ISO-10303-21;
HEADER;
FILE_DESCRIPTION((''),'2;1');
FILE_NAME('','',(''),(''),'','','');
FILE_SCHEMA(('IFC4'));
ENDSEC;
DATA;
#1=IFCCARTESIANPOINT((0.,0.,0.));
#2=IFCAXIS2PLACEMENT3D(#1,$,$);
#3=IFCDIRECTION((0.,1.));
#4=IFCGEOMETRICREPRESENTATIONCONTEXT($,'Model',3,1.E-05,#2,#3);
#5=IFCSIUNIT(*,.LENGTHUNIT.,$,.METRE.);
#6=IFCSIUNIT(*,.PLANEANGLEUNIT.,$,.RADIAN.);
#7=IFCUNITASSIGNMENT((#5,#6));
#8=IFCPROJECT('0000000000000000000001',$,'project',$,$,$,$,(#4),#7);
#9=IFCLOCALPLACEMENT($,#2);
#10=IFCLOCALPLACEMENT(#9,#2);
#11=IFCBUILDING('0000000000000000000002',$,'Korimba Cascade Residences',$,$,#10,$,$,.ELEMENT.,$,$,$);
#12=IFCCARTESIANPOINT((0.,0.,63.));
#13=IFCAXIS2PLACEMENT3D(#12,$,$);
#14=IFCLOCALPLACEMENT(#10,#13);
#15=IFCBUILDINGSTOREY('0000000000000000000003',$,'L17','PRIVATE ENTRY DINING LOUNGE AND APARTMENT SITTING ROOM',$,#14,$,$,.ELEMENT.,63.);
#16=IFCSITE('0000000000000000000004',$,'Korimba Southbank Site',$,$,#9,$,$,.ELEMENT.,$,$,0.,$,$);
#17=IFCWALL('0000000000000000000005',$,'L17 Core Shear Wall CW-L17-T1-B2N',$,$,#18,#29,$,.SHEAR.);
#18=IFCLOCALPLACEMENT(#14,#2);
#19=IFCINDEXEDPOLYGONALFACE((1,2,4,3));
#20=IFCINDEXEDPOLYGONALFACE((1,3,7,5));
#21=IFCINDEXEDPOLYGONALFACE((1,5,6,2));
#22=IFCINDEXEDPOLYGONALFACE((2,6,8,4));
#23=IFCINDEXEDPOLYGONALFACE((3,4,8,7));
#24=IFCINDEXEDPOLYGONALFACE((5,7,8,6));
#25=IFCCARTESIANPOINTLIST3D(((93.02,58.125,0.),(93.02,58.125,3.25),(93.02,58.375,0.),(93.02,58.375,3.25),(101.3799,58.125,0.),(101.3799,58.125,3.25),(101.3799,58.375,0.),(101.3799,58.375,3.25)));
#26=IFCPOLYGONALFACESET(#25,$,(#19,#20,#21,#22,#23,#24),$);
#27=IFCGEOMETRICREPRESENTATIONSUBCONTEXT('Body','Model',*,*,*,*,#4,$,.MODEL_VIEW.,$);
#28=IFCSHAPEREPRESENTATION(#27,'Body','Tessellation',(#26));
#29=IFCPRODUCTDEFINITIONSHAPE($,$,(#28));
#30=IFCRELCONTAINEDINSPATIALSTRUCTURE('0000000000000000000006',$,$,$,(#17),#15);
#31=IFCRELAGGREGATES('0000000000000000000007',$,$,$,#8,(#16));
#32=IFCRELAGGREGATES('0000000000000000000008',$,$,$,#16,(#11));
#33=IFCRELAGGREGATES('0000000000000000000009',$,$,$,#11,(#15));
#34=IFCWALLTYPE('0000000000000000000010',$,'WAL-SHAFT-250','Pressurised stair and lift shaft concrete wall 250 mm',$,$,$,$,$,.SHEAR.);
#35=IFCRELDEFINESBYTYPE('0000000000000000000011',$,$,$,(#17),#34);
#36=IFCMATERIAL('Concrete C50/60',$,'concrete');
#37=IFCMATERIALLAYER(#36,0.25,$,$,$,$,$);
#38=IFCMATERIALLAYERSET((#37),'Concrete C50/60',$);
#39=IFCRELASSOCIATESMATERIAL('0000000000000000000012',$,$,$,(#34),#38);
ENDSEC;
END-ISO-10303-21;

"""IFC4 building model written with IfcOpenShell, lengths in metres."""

from ifc_helpers import new_model, si_unit, direction, frame, frame_2d, origin, place, context, subcontext, project, spatial, rectangle, extrude, material, layer, layer_set, type_object, element, save


model = new_model("IFC4")

# Units and contexts
model_context = context("Model", 3, precision=1e-05, world=origin(), true_north=direction((0.0, 1.0)))
body_context = subcontext(model_context, "Body", "Model", "MODEL_VIEW")
ifc_project = project(units=[si_unit("LENGTHUNIT", "METRE"), si_unit("PLANEANGLEUNIT", "RADIAN")], contexts=[model_context])

# Site, building, storey
site_placement = place(None, origin())
site = spatial("IfcSite", under=ifc_project, at=site_placement, Name="Korimba Southbank Site", CompositionType="ELEMENT", RefElevation=0.0)
building_placement = place(site_placement, origin())
building = spatial("IfcBuilding", under=site, at=building_placement, Name="Korimba Cascade Residences", CompositionType="ELEMENT")
storey_placement = place(building_placement, frame((0.0, 0.0, 63.0)))
storey = spatial("IfcBuildingStorey", under=building, at=storey_placement, Name="L17", Description="PRIVATE ENTRY DINING LOUNGE AND APARTMENT SITTING ROOM", CompositionType="ELEMENT", Elevation=63.0)

# Shared definitions
ifc_material_1 = material(Name="Concrete C50/60", Category="concrete")

# Wall
ifc_layer_1 = layer(ifc_material_1, 0.25)
ifc_layer_set_1 = layer_set([ifc_layer_1], Name="Concrete C50/60")
wall_type_1 = type_object("IfcWallType", Name="WAL-SHAFT-250", Description="Pressurised stair and lift shaft concrete wall 250 mm", PredefinedType="SHEAR", material=ifc_layer_set_1)
wall_1_placement = place(storey_placement, frame((93.02, 58.25, 0.0), z_axis=(0.0, 0.0, 1.0), x_axis=(1.0, 0.0, 0.0)))
element("IfcWall", 1, at=wall_1_placement, inside=storey, type_object=wall_type_1, Name="L17 Core Shear Wall CW-L17-T1-B2N", PredefinedType="SHEAR", context=body_context, shape_type="SweptSolid", body=[
    extrude(rectangle(XDim=8.3599, YDim=0.25, at=frame_2d((4.1799, 0.0))), origin(), (0.0, 0.0, 1.0), 3.25),
])

save(model, "model.ifc")
